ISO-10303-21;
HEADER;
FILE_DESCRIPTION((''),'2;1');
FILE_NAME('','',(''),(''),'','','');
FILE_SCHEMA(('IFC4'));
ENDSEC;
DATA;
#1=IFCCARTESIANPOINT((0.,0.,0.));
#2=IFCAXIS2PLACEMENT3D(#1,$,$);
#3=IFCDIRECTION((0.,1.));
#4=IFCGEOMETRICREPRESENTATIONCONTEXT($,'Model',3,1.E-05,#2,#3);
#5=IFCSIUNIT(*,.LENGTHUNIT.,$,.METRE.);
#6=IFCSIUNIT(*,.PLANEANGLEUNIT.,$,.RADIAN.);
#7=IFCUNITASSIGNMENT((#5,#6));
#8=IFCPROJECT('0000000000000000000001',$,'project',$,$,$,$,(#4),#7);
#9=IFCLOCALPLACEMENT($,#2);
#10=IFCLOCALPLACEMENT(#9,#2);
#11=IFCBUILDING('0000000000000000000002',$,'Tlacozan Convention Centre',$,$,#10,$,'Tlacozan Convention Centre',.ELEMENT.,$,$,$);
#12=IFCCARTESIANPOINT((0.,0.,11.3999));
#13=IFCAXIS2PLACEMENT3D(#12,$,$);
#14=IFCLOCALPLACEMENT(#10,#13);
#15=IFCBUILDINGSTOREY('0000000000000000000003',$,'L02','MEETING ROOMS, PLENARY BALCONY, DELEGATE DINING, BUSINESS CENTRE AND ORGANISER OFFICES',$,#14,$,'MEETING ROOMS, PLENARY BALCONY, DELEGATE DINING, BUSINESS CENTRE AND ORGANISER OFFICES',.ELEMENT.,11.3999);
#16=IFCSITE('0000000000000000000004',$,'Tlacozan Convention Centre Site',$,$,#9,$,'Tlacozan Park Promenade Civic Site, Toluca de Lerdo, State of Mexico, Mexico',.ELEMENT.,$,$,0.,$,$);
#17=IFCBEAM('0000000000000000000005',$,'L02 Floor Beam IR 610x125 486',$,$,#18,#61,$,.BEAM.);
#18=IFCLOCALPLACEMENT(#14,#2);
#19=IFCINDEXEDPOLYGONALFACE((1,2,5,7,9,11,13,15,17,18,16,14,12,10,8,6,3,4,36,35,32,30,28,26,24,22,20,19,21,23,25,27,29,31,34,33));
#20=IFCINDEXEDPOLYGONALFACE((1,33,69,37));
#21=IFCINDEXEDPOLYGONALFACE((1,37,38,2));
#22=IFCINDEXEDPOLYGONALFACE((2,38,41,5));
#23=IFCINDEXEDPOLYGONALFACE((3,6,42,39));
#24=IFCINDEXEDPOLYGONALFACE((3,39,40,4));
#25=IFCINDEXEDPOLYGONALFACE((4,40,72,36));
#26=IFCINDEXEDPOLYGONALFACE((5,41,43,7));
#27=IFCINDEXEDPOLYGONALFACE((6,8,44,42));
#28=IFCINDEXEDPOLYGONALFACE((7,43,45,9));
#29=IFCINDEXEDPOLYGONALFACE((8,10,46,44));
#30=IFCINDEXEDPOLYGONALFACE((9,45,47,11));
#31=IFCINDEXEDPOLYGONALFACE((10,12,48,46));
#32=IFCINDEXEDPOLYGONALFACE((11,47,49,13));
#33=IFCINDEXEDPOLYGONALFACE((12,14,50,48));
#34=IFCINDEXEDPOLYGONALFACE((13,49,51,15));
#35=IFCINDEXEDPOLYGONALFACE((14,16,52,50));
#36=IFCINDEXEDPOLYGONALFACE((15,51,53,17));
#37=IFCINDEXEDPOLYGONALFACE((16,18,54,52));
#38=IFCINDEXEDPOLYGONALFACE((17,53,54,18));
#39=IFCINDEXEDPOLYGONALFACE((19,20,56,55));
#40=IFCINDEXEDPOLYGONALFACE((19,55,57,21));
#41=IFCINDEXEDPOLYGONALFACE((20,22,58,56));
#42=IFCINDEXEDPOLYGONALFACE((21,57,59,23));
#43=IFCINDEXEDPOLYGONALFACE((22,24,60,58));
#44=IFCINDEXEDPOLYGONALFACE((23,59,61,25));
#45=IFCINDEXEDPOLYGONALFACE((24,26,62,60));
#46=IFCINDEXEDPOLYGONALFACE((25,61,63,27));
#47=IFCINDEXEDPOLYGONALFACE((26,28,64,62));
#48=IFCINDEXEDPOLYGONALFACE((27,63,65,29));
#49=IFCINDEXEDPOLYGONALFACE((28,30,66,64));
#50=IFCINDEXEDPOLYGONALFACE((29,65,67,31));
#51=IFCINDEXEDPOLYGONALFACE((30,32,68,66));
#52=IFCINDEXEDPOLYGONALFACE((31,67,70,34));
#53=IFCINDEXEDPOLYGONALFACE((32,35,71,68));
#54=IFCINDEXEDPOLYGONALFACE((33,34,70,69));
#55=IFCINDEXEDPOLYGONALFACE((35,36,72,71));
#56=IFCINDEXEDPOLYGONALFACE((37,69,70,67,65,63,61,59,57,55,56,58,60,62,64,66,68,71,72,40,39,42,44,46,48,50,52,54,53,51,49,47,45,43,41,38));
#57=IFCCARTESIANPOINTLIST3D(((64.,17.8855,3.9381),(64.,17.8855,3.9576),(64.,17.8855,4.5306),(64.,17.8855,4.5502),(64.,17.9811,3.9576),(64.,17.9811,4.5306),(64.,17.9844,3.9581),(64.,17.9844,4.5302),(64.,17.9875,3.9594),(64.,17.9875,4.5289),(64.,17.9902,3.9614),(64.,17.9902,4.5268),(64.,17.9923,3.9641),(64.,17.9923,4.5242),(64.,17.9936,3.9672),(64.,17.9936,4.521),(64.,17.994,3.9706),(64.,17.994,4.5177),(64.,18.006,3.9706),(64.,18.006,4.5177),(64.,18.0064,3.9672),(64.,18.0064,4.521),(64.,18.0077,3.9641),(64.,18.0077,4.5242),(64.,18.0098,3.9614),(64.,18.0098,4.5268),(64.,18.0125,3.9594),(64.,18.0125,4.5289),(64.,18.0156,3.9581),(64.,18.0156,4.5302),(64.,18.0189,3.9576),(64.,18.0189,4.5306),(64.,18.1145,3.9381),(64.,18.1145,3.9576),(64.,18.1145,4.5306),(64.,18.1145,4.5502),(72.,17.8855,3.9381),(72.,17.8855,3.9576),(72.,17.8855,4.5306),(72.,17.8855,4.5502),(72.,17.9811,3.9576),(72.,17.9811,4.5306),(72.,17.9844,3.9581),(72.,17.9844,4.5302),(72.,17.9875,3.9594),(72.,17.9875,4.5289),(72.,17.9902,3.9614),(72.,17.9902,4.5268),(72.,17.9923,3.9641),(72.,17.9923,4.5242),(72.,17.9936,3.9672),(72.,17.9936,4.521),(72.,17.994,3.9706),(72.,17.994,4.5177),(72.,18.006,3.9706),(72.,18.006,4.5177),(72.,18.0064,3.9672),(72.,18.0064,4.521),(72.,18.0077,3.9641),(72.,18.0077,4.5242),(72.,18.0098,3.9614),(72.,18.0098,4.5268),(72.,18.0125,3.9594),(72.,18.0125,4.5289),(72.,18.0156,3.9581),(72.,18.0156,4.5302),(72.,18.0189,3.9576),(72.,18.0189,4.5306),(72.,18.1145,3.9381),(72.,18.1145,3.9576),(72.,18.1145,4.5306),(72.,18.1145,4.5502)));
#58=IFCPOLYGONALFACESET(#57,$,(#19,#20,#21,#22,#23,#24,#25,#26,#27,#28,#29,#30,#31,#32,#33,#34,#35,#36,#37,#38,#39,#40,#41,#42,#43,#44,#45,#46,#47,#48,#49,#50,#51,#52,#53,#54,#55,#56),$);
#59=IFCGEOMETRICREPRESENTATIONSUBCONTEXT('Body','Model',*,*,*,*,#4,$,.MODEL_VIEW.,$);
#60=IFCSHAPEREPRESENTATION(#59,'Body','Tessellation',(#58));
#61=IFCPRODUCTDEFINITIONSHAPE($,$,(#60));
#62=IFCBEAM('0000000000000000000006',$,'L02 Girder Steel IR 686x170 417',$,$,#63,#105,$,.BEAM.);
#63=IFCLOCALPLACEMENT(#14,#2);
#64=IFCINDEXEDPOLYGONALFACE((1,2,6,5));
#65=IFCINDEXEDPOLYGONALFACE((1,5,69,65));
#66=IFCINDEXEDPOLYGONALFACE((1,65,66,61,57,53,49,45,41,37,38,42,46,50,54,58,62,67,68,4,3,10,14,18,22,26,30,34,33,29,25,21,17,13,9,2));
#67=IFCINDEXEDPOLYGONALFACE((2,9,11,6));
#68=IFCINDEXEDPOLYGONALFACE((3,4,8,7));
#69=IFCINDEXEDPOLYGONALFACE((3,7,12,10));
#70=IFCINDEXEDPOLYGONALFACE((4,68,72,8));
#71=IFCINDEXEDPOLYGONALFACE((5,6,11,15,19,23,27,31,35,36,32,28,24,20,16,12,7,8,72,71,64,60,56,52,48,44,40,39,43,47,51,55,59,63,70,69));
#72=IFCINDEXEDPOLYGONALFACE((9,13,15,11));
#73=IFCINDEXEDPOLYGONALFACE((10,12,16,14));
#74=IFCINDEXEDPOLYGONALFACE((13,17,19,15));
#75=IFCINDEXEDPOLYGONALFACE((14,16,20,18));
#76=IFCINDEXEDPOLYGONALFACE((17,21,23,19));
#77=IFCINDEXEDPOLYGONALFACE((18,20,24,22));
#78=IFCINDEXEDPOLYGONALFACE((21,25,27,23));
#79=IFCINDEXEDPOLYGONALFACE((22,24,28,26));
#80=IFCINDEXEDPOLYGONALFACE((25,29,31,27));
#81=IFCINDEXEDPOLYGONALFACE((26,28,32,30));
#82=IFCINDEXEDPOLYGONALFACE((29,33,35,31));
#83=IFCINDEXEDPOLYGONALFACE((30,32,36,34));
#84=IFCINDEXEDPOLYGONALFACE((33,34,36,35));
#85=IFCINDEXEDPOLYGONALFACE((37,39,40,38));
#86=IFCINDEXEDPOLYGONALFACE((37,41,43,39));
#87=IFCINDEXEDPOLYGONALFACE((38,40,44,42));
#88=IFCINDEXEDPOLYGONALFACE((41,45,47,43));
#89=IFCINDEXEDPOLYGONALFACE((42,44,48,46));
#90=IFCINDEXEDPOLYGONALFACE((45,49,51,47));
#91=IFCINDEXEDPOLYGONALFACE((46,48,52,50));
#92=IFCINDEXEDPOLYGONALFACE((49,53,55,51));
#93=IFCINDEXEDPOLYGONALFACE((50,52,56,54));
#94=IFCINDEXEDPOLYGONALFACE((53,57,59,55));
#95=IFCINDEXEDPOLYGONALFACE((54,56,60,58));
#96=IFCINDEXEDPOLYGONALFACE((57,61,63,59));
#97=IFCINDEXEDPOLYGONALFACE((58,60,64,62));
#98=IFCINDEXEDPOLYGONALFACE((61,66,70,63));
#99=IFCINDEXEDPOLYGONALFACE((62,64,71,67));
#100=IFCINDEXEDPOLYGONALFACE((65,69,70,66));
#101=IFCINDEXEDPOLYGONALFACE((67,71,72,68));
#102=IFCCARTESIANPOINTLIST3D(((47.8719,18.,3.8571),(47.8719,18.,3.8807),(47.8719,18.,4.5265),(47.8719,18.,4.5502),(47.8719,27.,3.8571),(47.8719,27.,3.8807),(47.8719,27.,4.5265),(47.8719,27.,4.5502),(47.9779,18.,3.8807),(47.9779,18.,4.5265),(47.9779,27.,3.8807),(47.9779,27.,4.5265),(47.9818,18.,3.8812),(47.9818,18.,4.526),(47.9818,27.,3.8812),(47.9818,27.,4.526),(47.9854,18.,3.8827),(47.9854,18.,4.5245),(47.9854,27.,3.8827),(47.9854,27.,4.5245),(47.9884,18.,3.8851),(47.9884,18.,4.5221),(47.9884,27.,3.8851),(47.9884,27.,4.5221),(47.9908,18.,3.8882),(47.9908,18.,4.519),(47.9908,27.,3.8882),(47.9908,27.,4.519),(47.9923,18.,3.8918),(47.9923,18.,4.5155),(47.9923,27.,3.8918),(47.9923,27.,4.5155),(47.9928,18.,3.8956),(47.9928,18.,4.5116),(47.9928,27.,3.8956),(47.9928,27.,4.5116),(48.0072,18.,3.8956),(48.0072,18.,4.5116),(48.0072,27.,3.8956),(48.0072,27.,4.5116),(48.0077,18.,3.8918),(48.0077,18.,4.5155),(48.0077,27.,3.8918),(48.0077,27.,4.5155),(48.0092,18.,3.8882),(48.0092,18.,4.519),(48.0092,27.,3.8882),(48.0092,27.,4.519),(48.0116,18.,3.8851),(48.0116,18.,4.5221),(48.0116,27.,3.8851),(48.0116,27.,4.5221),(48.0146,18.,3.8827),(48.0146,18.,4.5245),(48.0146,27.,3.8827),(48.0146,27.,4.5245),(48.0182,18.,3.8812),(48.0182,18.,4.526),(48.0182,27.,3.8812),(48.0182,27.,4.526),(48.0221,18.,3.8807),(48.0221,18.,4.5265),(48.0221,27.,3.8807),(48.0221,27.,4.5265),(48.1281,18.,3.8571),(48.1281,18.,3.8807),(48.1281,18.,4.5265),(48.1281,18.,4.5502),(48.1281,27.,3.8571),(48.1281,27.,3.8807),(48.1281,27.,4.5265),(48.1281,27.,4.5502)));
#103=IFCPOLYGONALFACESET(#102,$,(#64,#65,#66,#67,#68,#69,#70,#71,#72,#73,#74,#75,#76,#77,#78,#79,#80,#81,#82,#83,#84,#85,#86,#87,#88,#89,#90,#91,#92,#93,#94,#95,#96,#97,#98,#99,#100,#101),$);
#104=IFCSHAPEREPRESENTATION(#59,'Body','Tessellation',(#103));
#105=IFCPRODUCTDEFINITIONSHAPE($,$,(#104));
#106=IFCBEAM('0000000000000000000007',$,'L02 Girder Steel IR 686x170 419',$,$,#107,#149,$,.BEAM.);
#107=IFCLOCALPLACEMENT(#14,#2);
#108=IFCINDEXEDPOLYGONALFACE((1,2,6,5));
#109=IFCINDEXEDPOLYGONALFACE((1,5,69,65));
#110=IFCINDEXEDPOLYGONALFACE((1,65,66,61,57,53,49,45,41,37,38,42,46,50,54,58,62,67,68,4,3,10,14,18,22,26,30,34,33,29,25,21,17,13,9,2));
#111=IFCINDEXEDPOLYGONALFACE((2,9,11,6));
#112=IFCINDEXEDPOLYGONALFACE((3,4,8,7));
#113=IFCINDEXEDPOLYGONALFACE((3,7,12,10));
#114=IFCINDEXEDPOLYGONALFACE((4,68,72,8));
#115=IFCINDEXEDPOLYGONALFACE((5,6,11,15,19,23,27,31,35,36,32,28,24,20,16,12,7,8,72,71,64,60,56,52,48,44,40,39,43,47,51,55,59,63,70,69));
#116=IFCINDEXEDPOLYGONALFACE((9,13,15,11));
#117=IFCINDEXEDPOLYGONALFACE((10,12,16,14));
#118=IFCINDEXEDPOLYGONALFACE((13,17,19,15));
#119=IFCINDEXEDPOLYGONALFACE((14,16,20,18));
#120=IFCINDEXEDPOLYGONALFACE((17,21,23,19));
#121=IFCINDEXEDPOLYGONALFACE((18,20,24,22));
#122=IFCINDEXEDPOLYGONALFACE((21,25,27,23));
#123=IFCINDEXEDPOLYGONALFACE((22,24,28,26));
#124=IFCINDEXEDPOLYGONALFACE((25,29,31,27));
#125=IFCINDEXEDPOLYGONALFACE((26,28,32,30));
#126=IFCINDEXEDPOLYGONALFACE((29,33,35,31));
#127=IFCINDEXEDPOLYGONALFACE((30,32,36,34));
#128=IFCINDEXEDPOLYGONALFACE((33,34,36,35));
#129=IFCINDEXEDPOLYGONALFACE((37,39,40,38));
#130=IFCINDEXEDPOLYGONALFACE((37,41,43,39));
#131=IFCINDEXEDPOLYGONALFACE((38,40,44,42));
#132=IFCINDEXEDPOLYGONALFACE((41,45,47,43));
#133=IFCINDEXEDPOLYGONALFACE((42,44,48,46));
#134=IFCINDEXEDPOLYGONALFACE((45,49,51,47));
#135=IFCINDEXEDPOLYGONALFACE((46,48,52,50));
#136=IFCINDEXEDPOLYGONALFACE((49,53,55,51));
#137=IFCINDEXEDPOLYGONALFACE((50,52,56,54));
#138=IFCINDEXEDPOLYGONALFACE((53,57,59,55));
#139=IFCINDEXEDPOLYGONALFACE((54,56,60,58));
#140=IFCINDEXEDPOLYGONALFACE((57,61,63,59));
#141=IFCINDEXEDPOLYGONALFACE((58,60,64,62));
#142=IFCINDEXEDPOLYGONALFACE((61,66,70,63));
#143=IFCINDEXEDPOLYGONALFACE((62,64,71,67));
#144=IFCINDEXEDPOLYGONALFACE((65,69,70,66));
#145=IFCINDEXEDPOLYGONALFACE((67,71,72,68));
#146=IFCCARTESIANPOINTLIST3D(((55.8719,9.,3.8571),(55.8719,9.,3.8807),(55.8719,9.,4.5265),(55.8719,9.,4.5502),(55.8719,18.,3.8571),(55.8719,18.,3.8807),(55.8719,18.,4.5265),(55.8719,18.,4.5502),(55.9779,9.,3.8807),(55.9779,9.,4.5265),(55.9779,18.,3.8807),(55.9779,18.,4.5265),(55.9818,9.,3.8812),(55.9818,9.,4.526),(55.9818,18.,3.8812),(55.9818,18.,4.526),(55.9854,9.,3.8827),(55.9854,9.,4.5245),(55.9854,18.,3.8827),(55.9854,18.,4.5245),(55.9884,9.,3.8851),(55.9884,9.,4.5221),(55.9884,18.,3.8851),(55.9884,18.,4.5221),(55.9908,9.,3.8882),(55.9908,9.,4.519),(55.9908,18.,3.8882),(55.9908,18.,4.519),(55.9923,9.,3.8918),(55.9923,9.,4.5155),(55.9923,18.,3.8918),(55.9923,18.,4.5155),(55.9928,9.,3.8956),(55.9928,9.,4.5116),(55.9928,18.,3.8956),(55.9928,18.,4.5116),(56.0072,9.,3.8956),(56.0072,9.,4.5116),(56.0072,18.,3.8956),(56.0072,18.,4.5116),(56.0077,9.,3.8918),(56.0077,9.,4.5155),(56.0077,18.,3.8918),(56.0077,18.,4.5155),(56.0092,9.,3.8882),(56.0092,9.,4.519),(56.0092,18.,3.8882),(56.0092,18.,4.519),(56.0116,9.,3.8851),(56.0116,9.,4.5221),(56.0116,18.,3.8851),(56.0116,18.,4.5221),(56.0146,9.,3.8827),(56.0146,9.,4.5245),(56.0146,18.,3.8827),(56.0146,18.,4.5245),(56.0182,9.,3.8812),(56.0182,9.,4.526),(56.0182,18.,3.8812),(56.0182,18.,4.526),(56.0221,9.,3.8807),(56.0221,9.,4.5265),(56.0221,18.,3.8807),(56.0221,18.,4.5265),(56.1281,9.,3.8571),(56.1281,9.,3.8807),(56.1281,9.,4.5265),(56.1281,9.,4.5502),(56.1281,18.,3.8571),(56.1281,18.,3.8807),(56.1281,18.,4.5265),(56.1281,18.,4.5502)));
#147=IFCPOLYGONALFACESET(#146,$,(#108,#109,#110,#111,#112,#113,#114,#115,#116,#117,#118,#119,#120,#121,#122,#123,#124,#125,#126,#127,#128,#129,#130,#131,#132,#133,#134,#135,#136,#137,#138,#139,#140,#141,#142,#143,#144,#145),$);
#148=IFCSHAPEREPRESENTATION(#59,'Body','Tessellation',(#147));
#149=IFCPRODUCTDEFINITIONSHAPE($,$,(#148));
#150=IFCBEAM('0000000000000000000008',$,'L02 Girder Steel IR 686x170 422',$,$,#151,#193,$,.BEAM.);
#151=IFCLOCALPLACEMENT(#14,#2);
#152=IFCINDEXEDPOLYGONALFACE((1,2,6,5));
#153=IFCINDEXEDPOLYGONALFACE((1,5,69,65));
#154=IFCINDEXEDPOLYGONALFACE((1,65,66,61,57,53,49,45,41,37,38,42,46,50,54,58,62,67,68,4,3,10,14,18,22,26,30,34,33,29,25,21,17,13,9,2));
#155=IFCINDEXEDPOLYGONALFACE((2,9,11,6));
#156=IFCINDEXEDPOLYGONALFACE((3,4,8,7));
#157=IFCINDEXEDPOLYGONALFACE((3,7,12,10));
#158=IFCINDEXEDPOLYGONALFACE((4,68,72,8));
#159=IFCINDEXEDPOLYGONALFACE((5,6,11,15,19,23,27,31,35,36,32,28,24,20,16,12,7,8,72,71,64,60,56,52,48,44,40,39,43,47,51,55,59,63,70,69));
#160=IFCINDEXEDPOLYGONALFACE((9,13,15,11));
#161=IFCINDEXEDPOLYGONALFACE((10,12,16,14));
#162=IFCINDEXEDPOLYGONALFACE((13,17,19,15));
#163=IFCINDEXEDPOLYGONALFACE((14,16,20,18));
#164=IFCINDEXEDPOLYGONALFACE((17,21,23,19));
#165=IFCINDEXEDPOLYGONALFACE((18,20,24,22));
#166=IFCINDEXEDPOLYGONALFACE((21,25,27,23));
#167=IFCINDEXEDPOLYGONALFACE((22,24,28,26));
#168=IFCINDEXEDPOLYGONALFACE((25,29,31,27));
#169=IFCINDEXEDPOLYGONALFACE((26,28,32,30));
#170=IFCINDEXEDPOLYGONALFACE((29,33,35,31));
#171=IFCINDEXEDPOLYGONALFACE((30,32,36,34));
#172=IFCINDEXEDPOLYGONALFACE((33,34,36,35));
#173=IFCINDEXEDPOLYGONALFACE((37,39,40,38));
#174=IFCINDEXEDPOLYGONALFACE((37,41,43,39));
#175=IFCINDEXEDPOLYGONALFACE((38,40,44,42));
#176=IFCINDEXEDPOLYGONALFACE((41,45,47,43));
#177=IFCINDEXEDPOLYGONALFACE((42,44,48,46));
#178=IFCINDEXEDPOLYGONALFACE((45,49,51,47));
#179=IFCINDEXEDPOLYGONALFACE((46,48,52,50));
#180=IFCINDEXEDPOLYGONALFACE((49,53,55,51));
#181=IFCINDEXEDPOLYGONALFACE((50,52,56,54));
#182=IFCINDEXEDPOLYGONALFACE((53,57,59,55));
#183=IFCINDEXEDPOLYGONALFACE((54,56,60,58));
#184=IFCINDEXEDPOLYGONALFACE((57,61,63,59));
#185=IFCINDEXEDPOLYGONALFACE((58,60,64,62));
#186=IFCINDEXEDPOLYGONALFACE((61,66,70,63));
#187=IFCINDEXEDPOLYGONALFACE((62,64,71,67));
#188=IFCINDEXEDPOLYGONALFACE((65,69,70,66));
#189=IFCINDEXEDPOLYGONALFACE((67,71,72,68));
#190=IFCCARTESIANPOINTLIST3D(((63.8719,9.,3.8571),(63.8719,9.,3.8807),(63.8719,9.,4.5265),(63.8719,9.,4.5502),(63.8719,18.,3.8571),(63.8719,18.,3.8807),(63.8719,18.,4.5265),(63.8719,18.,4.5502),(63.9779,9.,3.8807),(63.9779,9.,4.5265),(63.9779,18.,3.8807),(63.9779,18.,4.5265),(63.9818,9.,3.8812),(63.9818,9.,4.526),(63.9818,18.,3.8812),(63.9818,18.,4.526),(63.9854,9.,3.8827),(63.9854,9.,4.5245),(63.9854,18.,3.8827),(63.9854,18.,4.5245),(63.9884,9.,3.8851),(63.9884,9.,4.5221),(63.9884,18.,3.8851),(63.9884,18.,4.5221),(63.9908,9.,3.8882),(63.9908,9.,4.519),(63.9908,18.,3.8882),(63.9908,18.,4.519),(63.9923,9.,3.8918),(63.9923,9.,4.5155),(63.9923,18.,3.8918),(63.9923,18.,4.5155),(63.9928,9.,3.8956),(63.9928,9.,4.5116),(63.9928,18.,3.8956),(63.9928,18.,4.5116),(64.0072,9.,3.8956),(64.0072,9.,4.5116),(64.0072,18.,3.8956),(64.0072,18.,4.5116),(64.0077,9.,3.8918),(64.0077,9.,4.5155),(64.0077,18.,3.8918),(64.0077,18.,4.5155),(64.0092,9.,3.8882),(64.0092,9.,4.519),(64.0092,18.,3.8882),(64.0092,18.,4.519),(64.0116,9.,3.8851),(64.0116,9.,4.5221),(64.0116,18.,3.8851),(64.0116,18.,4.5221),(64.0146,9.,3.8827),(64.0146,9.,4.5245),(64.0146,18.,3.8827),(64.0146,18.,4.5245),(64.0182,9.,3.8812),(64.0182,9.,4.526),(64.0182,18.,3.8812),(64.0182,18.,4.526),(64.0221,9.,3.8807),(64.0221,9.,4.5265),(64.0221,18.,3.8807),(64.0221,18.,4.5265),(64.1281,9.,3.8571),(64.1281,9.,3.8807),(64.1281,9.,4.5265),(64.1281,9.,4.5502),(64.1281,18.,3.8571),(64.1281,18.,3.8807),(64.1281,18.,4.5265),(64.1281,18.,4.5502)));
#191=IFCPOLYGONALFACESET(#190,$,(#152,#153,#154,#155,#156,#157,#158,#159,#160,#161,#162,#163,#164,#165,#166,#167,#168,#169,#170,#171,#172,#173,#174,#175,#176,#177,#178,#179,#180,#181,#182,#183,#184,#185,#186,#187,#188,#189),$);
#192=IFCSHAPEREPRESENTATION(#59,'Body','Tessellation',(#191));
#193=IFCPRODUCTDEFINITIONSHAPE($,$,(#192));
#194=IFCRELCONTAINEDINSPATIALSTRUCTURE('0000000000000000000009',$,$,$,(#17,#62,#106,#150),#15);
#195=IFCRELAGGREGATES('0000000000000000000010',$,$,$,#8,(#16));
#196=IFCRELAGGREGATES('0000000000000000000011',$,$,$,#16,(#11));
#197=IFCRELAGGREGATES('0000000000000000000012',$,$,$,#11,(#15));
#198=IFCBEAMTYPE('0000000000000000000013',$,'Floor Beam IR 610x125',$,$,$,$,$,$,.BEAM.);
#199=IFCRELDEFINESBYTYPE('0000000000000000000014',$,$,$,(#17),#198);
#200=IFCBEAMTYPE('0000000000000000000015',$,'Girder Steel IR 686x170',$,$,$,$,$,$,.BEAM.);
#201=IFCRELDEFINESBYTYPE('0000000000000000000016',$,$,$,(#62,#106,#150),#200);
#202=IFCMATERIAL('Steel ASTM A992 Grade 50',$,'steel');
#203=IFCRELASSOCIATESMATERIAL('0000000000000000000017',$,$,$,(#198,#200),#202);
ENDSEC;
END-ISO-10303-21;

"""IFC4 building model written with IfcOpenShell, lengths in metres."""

from ifc_helpers import new_model, si_unit, direction, frame, origin, origin_2d, place, context, subcontext, project, spatial, i_section, extrude, material, material_profile, profile_set, type_object, element, save


model = new_model("IFC4")

# Units and contexts
model_context = context("Model", 3, precision=1e-05, world=origin(), true_north=direction((0.0, 1.0)))
body_context = subcontext(model_context, "Body", "Model", "MODEL_VIEW")
ifc_project = project(units=[si_unit("LENGTHUNIT", "METRE"), si_unit("PLANEANGLEUNIT", "RADIAN")], contexts=[model_context])

# Site, building, storey
site_placement = place(None, origin())
site = spatial("IfcSite", under=ifc_project, at=site_placement, Name="Tlacozan Convention Centre Site", LongName="Tlacozan Park Promenade Civic Site, Toluca de Lerdo, State of Mexico, Mexico", CompositionType="ELEMENT", RefElevation=0.0)
building_placement = place(site_placement, origin())
building = spatial("IfcBuilding", under=site, at=building_placement, Name="Tlacozan Convention Centre", LongName="Tlacozan Convention Centre", CompositionType="ELEMENT")
storey_placement = place(building_placement, frame((0.0, 0.0, 11.3999)))
storey = spatial("IfcBuildingStorey", under=building, at=storey_placement, Name="L02", Description="MEETING ROOMS, PLENARY BALCONY, DELEGATE DINING, BUSINESS CENTRE AND ORGANISER OFFICES", LongName="MEETING ROOMS, PLENARY BALCONY, DELEGATE DINING, BUSINESS CENTRE AND ORGANISER OFFICES", CompositionType="ELEMENT", Elevation=11.3999)

# Beams
ifc_material_1 = material(Name="Steel ASTM A992 Grade 50", Category="steel")
ifc_material_profile_1 = material_profile(ifc_material_1, i_section(OverallWidth=0.229, OverallDepth=0.6121, WebThickness=0.012, FlangeThickness=0.0195, FilletRadius=0.0129, at=origin_2d()), Name="IR 610x125.0")
ifc_profile_set_1 = profile_set([ifc_material_profile_1], Name="Steel ASTM A992 Grade 50")
beam_type_1 = type_object("IfcBeamType", Name="Floor Beam IR 610x125", PredefinedType="BEAM", material=ifc_profile_set_1)
for number, where, z_axis, x_axis, name in (
    (1, (64.0, 18.0, 4.2441), (1.0, 0.0, 0.0), (0.0, 1.0, 0.0), "L02 Floor Beam IR 610x125 486"),
):
    element("IfcBeam", number, at=place(storey_placement, frame(where, z_axis=z_axis, x_axis=x_axis)), inside=storey, type_object=beam_type_1, Name=name, PredefinedType="BEAM", context=body_context, shape_type="SweptSolid", body=[
        extrude(i_section(OverallWidth=0.229, OverallDepth=0.6121, WebThickness=0.012, FlangeThickness=0.0195, FilletRadius=0.0129, at=origin_2d()), origin(), (0.0, 0.0, 1.0), 8.0),
    ])
ifc_material_profile_2 = material_profile(ifc_material_1, i_section(OverallWidth=0.2561, OverallDepth=0.6931, WebThickness=0.0144, FlangeThickness=0.0237, FilletRadius=0.0149, at=origin_2d()), Name="IR 686x170.0")
ifc_profile_set_2 = profile_set([ifc_material_profile_2], Name="Steel ASTM A992 Grade 50")
beam_type_2 = type_object("IfcBeamType", Name="Girder Steel IR 686x170", PredefinedType="BEAM", material=ifc_profile_set_2)
for number, where, z_axis, x_axis, name in (
    (2, (48.0, 18.0, 4.2036), (0.0, 1.0, 0.0), (-1.0, 0.0, 0.0), "L02 Girder Steel IR 686x170 417"),
    (3, (56.0, 9.0, 4.2036), (0.0, 1.0, 0.0), (-1.0, 0.0, 0.0), "L02 Girder Steel IR 686x170 419"),
    (4, (64.0, 9.0, 4.2036), (0.0, 1.0, 0.0), (-1.0, 0.0, 0.0), "L02 Girder Steel IR 686x170 422"),
):
    element("IfcBeam", number, at=place(storey_placement, frame(where, z_axis=z_axis, x_axis=x_axis)), inside=storey, type_object=beam_type_2, Name=name, PredefinedType="BEAM", context=body_context, shape_type="SweptSolid", body=[
        extrude(i_section(OverallWidth=0.2561, OverallDepth=0.6931, WebThickness=0.0144, FlangeThickness=0.0237, FilletRadius=0.0149, at=origin_2d()), origin(), (0.0, 0.0, 1.0), 9.0),
    ])

save(model, "model.ifc")
